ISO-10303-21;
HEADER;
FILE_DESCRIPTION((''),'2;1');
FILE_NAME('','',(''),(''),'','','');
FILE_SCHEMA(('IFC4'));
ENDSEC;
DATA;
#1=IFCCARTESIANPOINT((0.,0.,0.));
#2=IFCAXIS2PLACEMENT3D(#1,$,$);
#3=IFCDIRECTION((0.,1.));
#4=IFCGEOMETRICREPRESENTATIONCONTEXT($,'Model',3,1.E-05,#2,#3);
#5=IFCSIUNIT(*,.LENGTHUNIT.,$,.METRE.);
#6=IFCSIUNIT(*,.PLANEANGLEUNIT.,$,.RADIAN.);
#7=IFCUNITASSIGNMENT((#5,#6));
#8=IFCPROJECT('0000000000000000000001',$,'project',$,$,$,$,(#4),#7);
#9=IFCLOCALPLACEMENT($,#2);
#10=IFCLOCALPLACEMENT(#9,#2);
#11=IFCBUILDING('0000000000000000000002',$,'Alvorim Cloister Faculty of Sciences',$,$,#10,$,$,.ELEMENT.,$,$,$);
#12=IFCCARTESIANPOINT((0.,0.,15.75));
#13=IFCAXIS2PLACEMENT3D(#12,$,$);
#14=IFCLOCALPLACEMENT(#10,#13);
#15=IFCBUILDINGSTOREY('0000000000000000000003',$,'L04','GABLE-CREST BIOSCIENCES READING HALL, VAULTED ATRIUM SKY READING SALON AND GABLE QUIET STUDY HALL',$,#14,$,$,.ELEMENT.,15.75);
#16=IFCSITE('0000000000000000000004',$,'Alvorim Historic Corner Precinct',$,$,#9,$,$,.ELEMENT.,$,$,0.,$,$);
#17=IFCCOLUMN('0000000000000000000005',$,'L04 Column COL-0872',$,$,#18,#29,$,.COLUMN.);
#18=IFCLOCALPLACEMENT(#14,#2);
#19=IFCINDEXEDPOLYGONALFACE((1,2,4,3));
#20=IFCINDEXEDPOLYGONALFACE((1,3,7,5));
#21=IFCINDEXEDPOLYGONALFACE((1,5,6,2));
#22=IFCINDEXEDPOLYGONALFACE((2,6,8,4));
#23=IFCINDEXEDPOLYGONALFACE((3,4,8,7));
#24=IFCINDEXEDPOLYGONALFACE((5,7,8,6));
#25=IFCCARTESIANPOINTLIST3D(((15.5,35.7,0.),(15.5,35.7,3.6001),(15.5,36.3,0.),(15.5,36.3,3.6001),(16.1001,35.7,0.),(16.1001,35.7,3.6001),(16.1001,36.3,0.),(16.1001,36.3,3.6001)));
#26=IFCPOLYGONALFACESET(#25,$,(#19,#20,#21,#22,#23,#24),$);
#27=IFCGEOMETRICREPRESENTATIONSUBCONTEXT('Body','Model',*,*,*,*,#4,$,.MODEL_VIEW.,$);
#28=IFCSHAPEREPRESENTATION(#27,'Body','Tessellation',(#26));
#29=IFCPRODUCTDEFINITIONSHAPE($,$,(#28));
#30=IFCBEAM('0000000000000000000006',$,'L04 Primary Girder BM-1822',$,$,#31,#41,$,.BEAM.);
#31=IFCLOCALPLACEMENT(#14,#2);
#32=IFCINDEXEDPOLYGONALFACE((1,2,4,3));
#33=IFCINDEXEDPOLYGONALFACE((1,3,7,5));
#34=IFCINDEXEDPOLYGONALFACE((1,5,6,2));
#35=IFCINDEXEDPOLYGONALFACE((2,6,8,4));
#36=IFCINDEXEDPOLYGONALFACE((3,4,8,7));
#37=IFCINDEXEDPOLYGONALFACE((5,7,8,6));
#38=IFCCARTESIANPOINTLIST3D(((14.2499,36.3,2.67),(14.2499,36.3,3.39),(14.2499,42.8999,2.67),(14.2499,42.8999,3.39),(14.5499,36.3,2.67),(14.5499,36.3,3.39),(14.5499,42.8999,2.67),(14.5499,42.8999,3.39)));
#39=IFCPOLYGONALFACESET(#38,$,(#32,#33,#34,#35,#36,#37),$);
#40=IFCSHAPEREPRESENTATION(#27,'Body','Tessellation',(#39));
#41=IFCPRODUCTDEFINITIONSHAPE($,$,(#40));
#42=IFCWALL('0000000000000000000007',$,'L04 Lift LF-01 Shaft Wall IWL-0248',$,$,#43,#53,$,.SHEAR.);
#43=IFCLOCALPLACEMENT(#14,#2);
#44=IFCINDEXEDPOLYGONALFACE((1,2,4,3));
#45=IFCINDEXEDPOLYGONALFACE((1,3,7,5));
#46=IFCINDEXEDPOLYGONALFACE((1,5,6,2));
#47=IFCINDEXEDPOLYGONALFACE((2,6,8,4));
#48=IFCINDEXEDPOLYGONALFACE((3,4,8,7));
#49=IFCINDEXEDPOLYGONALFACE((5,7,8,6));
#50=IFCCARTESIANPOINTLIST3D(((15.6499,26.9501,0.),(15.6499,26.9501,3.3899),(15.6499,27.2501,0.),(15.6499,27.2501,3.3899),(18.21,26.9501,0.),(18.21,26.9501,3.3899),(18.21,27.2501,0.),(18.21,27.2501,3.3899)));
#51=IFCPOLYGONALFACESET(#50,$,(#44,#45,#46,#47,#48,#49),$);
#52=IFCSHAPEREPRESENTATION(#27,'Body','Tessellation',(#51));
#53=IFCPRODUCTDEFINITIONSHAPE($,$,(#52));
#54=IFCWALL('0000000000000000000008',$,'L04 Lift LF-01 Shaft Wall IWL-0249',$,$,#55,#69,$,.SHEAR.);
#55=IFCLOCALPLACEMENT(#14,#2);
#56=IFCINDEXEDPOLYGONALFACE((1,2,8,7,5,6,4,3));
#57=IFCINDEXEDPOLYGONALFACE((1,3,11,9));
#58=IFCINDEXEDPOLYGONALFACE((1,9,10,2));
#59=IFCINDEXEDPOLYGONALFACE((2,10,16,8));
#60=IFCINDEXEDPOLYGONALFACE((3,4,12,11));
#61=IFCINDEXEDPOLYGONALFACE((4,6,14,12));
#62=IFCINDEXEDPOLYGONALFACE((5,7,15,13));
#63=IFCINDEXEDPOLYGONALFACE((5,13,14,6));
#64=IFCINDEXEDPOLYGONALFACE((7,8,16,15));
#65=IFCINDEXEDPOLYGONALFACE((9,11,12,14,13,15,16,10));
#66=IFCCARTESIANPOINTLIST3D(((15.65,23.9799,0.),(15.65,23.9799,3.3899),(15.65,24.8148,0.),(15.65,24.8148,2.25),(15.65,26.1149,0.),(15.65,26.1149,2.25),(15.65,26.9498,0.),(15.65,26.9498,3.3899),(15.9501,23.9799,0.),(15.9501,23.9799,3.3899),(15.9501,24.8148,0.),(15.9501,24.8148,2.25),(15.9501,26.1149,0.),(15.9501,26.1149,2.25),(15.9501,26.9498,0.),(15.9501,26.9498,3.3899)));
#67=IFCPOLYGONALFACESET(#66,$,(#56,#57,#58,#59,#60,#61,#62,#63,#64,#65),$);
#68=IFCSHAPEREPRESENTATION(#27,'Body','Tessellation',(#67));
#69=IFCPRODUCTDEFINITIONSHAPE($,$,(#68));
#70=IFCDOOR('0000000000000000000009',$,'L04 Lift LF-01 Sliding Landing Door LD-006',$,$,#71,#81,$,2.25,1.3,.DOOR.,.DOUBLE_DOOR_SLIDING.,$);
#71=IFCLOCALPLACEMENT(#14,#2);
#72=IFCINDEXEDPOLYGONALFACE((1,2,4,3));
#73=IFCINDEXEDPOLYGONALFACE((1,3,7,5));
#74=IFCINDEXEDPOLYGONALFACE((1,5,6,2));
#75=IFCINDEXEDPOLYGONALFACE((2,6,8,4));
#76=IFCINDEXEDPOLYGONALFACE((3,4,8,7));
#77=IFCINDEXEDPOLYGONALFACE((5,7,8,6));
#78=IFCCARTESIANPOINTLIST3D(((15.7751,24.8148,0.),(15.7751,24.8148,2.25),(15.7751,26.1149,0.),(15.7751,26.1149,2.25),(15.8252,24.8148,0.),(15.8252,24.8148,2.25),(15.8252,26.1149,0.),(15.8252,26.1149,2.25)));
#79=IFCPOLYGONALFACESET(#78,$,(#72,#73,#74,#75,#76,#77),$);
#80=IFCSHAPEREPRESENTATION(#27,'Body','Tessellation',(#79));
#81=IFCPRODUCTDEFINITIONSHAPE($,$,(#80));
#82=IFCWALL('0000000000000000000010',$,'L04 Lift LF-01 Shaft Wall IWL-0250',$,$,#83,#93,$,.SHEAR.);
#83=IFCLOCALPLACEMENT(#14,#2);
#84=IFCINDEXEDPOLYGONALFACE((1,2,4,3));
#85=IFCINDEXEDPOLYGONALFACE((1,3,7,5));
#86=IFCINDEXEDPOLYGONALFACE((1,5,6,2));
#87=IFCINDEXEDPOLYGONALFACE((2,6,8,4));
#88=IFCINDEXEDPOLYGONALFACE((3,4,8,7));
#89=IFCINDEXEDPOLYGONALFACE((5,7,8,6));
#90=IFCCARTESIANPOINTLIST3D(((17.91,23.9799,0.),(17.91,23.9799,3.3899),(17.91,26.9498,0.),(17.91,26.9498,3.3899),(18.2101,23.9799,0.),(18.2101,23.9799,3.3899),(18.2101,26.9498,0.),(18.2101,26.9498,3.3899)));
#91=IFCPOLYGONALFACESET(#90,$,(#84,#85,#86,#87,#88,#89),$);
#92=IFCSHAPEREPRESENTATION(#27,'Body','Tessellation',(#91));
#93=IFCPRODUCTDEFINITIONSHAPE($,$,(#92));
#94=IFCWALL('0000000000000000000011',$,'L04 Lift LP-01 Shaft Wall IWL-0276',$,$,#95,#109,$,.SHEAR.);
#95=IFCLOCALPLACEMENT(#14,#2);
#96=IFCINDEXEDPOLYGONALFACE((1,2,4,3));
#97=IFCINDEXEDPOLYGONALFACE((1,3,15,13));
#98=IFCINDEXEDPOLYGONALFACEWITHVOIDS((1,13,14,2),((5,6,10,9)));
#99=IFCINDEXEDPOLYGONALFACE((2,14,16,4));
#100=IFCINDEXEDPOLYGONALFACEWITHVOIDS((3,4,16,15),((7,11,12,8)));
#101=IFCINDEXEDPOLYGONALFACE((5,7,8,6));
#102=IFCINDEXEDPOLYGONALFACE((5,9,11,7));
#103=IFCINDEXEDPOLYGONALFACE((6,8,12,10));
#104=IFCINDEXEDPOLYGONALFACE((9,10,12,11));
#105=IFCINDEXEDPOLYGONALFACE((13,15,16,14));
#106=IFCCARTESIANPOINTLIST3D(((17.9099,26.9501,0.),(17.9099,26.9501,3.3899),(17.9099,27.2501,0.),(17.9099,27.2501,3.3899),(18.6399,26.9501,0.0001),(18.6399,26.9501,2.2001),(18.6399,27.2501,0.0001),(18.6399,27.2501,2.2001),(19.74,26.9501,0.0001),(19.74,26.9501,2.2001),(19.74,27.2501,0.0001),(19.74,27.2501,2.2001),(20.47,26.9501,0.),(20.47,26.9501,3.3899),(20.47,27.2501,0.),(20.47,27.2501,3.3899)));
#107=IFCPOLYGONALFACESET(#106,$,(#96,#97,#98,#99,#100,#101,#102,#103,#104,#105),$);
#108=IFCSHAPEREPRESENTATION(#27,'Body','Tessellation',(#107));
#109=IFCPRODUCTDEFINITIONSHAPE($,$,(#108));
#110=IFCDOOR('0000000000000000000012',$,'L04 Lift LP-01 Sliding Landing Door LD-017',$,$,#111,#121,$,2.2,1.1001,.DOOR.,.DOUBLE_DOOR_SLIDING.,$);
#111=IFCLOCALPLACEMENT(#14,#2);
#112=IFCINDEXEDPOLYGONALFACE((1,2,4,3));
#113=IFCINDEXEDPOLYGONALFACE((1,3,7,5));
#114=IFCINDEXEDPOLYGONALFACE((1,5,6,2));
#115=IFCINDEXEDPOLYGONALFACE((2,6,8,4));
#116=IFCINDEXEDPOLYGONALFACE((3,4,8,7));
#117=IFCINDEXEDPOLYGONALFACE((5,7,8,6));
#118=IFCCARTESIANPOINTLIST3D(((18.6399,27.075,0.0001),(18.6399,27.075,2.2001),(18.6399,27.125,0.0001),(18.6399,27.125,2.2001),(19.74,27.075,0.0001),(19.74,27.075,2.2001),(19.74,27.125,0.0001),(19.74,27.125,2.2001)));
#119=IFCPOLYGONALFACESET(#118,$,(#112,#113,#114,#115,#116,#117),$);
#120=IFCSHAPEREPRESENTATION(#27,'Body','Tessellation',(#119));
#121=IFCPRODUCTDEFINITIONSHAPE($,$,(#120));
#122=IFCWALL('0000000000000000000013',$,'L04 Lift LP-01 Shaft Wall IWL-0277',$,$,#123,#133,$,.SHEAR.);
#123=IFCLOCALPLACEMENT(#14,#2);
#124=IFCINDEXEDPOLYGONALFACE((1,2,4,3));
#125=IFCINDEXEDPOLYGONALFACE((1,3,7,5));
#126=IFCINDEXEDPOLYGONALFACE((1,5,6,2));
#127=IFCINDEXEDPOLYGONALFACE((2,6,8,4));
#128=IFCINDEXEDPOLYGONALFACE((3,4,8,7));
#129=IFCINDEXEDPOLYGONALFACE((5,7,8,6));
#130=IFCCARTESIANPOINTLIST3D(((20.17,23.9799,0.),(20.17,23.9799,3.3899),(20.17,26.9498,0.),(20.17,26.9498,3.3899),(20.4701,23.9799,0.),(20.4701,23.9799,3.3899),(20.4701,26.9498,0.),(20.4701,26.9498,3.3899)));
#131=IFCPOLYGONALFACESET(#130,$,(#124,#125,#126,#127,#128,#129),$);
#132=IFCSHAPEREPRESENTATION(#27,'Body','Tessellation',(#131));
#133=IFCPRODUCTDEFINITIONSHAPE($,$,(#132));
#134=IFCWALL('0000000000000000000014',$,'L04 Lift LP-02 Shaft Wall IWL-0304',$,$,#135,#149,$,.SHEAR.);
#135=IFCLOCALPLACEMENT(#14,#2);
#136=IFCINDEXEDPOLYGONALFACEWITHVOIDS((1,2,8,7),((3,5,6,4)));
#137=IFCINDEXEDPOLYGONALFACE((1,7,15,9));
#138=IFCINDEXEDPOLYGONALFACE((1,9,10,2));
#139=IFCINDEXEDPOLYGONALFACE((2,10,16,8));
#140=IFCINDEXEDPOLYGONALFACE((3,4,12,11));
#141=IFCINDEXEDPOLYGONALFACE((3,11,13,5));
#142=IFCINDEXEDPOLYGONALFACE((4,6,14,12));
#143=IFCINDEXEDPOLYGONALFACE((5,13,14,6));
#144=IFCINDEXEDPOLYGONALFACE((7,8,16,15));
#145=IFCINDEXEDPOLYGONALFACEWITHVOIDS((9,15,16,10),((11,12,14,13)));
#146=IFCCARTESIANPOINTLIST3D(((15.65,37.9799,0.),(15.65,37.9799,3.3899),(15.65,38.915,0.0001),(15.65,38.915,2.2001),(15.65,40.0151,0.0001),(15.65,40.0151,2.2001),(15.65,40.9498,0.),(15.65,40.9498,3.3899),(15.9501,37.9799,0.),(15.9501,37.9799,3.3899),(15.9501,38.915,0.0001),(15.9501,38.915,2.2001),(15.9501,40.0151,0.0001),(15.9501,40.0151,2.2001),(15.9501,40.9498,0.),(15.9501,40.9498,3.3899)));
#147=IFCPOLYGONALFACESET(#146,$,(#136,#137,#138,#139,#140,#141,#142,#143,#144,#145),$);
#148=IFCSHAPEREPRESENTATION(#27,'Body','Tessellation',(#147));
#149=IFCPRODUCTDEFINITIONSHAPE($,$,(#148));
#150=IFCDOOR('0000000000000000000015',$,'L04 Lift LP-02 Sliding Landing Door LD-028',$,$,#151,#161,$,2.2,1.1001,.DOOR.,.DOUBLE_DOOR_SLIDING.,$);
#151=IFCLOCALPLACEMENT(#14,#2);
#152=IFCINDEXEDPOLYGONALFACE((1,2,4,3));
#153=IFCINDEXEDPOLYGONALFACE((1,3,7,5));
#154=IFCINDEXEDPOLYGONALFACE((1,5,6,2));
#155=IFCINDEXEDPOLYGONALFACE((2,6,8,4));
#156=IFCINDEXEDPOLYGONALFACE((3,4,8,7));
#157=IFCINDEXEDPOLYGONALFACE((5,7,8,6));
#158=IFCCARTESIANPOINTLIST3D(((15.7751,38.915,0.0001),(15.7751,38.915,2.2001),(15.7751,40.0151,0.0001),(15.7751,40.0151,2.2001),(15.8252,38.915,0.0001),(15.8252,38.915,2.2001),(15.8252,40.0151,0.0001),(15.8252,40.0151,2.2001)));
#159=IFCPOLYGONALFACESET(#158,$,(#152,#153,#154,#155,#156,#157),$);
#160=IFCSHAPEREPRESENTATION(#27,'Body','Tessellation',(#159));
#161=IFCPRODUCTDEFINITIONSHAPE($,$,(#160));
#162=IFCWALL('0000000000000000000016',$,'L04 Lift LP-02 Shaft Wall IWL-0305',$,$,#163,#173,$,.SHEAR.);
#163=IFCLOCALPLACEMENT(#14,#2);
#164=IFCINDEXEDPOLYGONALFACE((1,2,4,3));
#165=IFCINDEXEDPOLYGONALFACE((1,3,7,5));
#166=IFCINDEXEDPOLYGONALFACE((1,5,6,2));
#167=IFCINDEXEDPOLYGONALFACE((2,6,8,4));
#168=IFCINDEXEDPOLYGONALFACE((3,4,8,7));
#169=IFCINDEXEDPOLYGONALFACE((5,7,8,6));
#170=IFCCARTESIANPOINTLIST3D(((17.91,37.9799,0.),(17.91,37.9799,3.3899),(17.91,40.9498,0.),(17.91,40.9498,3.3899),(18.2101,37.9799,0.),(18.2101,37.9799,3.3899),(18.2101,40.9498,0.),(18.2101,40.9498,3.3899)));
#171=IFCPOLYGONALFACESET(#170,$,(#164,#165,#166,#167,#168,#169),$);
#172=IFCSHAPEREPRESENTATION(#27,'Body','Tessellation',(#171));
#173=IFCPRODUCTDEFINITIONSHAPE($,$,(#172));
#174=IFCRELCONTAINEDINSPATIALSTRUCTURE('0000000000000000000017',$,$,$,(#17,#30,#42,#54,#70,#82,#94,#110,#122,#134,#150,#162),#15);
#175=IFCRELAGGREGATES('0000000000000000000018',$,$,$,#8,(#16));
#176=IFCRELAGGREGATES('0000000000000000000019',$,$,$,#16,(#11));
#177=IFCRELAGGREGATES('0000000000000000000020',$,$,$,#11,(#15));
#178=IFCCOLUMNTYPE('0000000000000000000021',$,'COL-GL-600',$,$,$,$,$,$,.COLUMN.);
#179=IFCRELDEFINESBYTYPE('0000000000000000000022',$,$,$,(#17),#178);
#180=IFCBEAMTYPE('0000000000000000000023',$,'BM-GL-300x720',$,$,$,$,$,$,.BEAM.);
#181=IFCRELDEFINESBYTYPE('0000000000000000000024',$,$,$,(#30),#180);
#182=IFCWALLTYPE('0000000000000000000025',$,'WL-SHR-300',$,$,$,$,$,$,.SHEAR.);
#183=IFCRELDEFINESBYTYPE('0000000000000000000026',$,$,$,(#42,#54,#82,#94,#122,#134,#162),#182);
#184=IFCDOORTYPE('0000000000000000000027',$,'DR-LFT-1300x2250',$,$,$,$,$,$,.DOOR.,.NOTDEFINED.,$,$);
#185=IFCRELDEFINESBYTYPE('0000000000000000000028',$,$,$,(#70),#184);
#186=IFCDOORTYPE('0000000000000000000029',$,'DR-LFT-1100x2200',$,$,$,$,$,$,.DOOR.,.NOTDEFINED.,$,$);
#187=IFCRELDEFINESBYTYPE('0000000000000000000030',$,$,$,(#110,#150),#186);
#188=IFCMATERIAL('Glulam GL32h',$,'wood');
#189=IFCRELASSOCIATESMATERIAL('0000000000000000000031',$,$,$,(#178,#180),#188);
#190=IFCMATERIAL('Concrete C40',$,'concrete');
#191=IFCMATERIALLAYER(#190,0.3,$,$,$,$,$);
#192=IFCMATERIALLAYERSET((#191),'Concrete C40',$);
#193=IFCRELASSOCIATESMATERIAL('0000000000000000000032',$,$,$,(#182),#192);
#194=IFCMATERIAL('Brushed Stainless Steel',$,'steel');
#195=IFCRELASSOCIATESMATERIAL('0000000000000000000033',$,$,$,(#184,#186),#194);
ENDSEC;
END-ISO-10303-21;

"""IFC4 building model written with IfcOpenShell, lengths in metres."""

from ifc_helpers import new_model, si_unit, direction, frame, frame_2d, origin, origin_2d, place, context, subcontext, project, spatial, rectangle, extrude, material, layer, layer_set, material_profile, profile_set, type_object, element, fill, save


model = new_model("IFC4")

# Units and contexts
model_context = context("Model", 3, precision=1e-05, world=origin(), true_north=direction((0.0, 1.0)))
body_context = subcontext(model_context, "Body", "Model", "MODEL_VIEW")
ifc_project = project(units=[si_unit("LENGTHUNIT", "METRE"), si_unit("PLANEANGLEUNIT", "RADIAN")], contexts=[model_context])

# Site, building, storey
site_placement = place(None, origin())
site = spatial("IfcSite", under=ifc_project, at=site_placement, Name="Alvorim Historic Corner Precinct", CompositionType="ELEMENT", RefElevation=0.0)
building_placement = place(site_placement, origin())
building = spatial("IfcBuilding", under=site, at=building_placement, Name="Alvorim Cloister Faculty of Sciences", CompositionType="ELEMENT")
storey_placement = place(building_placement, frame((0.0, 0.0, 15.75)))
storey = spatial("IfcBuildingStorey", under=building, at=storey_placement, Name="L04", Description="GABLE-CREST BIOSCIENCES READING HALL, VAULTED ATRIUM SKY READING SALON AND GABLE QUIET STUDY HALL", CompositionType="ELEMENT", Elevation=15.75)

# Column
ifc_material_1 = material(Name="Glulam GL32h", Category="wood")
ifc_material_profile_1 = material_profile(ifc_material_1, rectangle(XDim=0.6001, YDim=0.6001, at=origin_2d()), Name="GL32-COL-600x600")
ifc_profile_set_1 = profile_set([ifc_material_profile_1], Name="Glulam GL32h")
column_type = type_object("IfcColumnType", Name="COL-GL-600", PredefinedType="COLUMN", material=ifc_profile_set_1)
column_placement = place(storey_placement, frame((15.8, 36.0, 0.0), z_axis=(0.0, 0.0, 1.0), x_axis=(1.0, 0.0, 0.0)))
element("IfcColumn", 1, at=column_placement, inside=storey, type_object=column_type, Name="L04 Column COL-0872", PredefinedType="COLUMN", context=body_context, shape_type="SweptSolid", body=[
    extrude(rectangle(XDim=0.6001, YDim=0.6001, at=origin_2d()), origin(), (0.0, 0.0, 1.0), 3.6001),
])

# Beam
ifc_material_profile_2 = material_profile(ifc_material_1, rectangle(XDim=0.3, YDim=0.72, at=origin_2d()), Name="GL32-BM-300x720")
ifc_profile_set_2 = profile_set([ifc_material_profile_2], Name="Glulam GL32h")
beam_type = type_object("IfcBeamType", Name="BM-GL-300x720", PredefinedType="BEAM", material=ifc_profile_set_2)
beam_placement = place(storey_placement, frame((14.3999, 36.3, 3.03), z_axis=(0.0, 1.0, 0.0), x_axis=(-1.0, 0.0, 0.0)))
element("IfcBeam", 2, at=beam_placement, inside=storey, type_object=beam_type, Name="L04 Primary Girder BM-1822", PredefinedType="BEAM", context=body_context, shape_type="SweptSolid", body=[
    extrude(rectangle(XDim=0.3, YDim=0.72, at=origin_2d()), origin(), (0.0, 0.0, 1.0), 6.5999),
])

# Wall
ifc_material_2 = material(Name="Concrete C40", Category="concrete")
ifc_layer_1 = layer(ifc_material_2, 0.3)
ifc_layer_set_1 = layer_set([ifc_layer_1], Name="Concrete C40")
wall_type_1 = type_object("IfcWallType", Name="WL-SHR-300", PredefinedType="SHEAR", material=ifc_layer_set_1)
wall_1_placement = place(storey_placement, frame((15.6499, 27.1001, 0.0), z_axis=(0.0, 0.0, 1.0), x_axis=(1.0, 0.0, 0.0)))
element("IfcWall", 3, at=wall_1_placement, inside=storey, type_object=wall_type_1, Name="L04 Lift LF-01 Shaft Wall IWL-0248", PredefinedType="SHEAR", context=body_context, shape_type="SweptSolid", body=[
    extrude(rectangle(XDim=2.5601, YDim=0.3, at=frame_2d((1.28, 0.0))), origin(), (0.0, 0.0, 1.0), 3.3899),
])

# Wall, opening, door
wall_2_placement = place(storey_placement, frame((15.8, 23.98, 0.0), z_axis=(0.0, 0.0, 1.0), x_axis=(0.0, 1.0, 0.0)))
wall_2 = element("IfcWall", 4, at=wall_2_placement, inside=storey, type_object=wall_type_1, Name="L04 Lift LF-01 Shaft Wall IWL-0249", PredefinedType="SHEAR", context=body_context, shape_type="SweptSolid", body=[
    extrude(rectangle(XDim=2.97, YDim=0.3, at=frame_2d((1.4849, 0.0))), origin(), (0.0, 0.0, 1.0), 3.3899),
])
opening_1_placement = place(wall_2_placement, frame((0.835, 0.0, 0.0)))
opening_1 = element("IfcOpeningElement", 5, at=opening_1_placement, cuts=wall_2, PredefinedType="OPENING", context=body_context, shape_type="SweptSolid", body=[
    extrude(rectangle(XDim=1.3, YDim=2.25, at=frame_2d((0.6499, 1.125))), frame((0.0, 0.1621, 0.0), z_axis=(0.0, -1.0, 0.0), x_axis=(1.0, 0.0, 0.0)), (0.0, 0.0, 1.0), 0.324),
])
ifc_material_3 = material(Name="Brushed Stainless Steel", Category="steel")
door_type_1 = type_object("IfcDoorType", Name="DR-LFT-1300x2250", OperationType="NOTDEFINED", PredefinedType="DOOR", material=ifc_material_3)
door_1_placement = place(opening_1_placement, origin())
door_1 = element("IfcDoor", 6, at=door_1_placement, inside=storey, type_object=door_type_1, Name="L04 Lift LF-01 Sliding Landing Door LD-006", OperationType="DOUBLE_DOOR_SLIDING", OverallHeight=2.25, OverallWidth=1.3, PredefinedType="DOOR", context=body_context, shape_type="SweptSolid", body=[
    extrude(rectangle(XDim=1.3, YDim=2.25, at=frame_2d((0.6499, 1.125))), frame((0.0, 0.0249, 0.0), z_axis=(0.0, -1.0, 0.0), x_axis=(1.0, 0.0, 0.0)), (0.0, 0.0, 1.0), 0.05),
])
fill(opening_1, door_1)

# Wall
wall_3_placement = place(storey_placement, frame((18.0601, 23.98, 0.0), z_axis=(0.0, 0.0, 1.0), x_axis=(0.0, 1.0, 0.0)))
element("IfcWall", 7, at=wall_3_placement, inside=storey, type_object=wall_type_1, Name="L04 Lift LF-01 Shaft Wall IWL-0250", PredefinedType="SHEAR", context=body_context, shape_type="SweptSolid", body=[
    extrude(rectangle(XDim=2.97, YDim=0.3, at=frame_2d((1.4849, 0.0))), origin(), (0.0, 0.0, 1.0), 3.3899),
])

# Wall, opening, door
wall_4_placement = place(storey_placement, frame((17.9099, 27.1001, 0.0), z_axis=(0.0, 0.0, 1.0), x_axis=(1.0, 0.0, 0.0)))
wall_4 = element("IfcWall", 8, at=wall_4_placement, inside=storey, type_object=wall_type_1, Name="L04 Lift LP-01 Shaft Wall IWL-0276", PredefinedType="SHEAR", context=body_context, shape_type="SweptSolid", body=[
    extrude(rectangle(XDim=2.5601, YDim=0.3, at=frame_2d((1.28, 0.0))), origin(), (0.0, 0.0, 1.0), 3.3899),
])
opening_2_placement = place(wall_4_placement, frame((0.73, 0.0, 0.0)))
opening_2 = element("IfcOpeningElement", 9, at=opening_2_placement, cuts=wall_4, PredefinedType="OPENING", context=body_context, shape_type="SweptSolid", body=[
    extrude(rectangle(XDim=1.1001, YDim=2.2, at=frame_2d((0.55, 1.1001))), frame((0.0, 0.1621, 0.0), z_axis=(0.0, -1.0, 0.0), x_axis=(1.0, 0.0, 0.0)), (0.0, 0.0, 1.0), 0.324),
])
door_type_2 = type_object("IfcDoorType", Name="DR-LFT-1100x2200", OperationType="NOTDEFINED", PredefinedType="DOOR", material=ifc_material_3)
door_2_placement = place(opening_2_placement, origin())
door_2 = element("IfcDoor", 10, at=door_2_placement, inside=storey, type_object=door_type_2, Name="L04 Lift LP-01 Sliding Landing Door LD-017", OperationType="DOUBLE_DOOR_SLIDING", OverallHeight=2.2, OverallWidth=1.1001, PredefinedType="DOOR", context=body_context, shape_type="SweptSolid", body=[
    extrude(rectangle(XDim=1.1001, YDim=2.2, at=frame_2d((0.55, 1.1001))), frame((0.0, 0.0249, 0.0), z_axis=(0.0, -1.0, 0.0), x_axis=(1.0, 0.0, 0.0)), (0.0, 0.0, 1.0), 0.05),
])
fill(opening_2, door_2)

# Wall
wall_5_placement = place(storey_placement, frame((20.3201, 23.98, 0.0), z_axis=(0.0, 0.0, 1.0), x_axis=(0.0, 1.0, 0.0)))
element("IfcWall", 11, at=wall_5_placement, inside=storey, type_object=wall_type_1, Name="L04 Lift LP-01 Shaft Wall IWL-0277", PredefinedType="SHEAR", context=body_context, shape_type="SweptSolid", body=[
    extrude(rectangle(XDim=2.97, YDim=0.3, at=frame_2d((1.4849, 0.0))), origin(), (0.0, 0.0, 1.0), 3.3899),
])

# Wall, opening, door
wall_6_placement = place(storey_placement, frame((15.8, 37.98, 0.0), z_axis=(0.0, 0.0, 1.0), x_axis=(0.0, 1.0, 0.0)))
wall_6 = element("IfcWall", 12, at=wall_6_placement, inside=storey, type_object=wall_type_1, Name="L04 Lift LP-02 Shaft Wall IWL-0304", PredefinedType="SHEAR", context=body_context, shape_type="SweptSolid", body=[
    extrude(rectangle(XDim=2.97, YDim=0.3, at=frame_2d((1.4849, 0.0))), origin(), (0.0, 0.0, 1.0), 3.3899),
])
opening_3_placement = place(wall_6_placement, frame((0.9351, 0.0, 0.0)))
opening_3 = element("IfcOpeningElement", 13, at=opening_3_placement, cuts=wall_6, PredefinedType="OPENING", context=body_context, shape_type="SweptSolid", body=[
    extrude(rectangle(XDim=1.1001, YDim=2.2, at=frame_2d((0.55, 1.1001))), frame((0.0, 0.1621, 0.0), z_axis=(0.0, -1.0, 0.0), x_axis=(1.0, 0.0, 0.0)), (0.0, 0.0, 1.0), 0.324),
])
door_3_placement = place(opening_3_placement, origin())
door_3 = element("IfcDoor", 14, at=door_3_placement, inside=storey, type_object=door_type_2, Name="L04 Lift LP-02 Sliding Landing Door LD-028", OperationType="DOUBLE_DOOR_SLIDING", OverallHeight=2.2, OverallWidth=1.1001, PredefinedType="DOOR", context=body_context, shape_type="SweptSolid", body=[
    extrude(rectangle(XDim=1.1001, YDim=2.2, at=frame_2d((0.55, 1.1001))), frame((0.0, 0.0249, 0.0), z_axis=(0.0, -1.0, 0.0), x_axis=(1.0, 0.0, 0.0)), (0.0, 0.0, 1.0), 0.05),
])
fill(opening_3, door_3)

# Wall
for number, where, z_axis, x_axis, name in (
    (15, (18.0601, 37.98, 0.0), (0.0, 0.0, 1.0), (0.0, 1.0, 0.0), "L04 Lift LP-02 Shaft Wall IWL-0305"),
):
    element("IfcWall", number, at=place(storey_placement, frame(where, z_axis=z_axis, x_axis=x_axis)), inside=storey, type_object=wall_type_1, Name=name, PredefinedType="SHEAR", context=body_context, shape_type="SweptSolid", body=[
        extrude(rectangle(XDim=2.97, YDim=0.3, at=frame_2d((1.4849, 0.0))), origin(), (0.0, 0.0, 1.0), 3.3899),
    ])

save(model, "model.ifc")
